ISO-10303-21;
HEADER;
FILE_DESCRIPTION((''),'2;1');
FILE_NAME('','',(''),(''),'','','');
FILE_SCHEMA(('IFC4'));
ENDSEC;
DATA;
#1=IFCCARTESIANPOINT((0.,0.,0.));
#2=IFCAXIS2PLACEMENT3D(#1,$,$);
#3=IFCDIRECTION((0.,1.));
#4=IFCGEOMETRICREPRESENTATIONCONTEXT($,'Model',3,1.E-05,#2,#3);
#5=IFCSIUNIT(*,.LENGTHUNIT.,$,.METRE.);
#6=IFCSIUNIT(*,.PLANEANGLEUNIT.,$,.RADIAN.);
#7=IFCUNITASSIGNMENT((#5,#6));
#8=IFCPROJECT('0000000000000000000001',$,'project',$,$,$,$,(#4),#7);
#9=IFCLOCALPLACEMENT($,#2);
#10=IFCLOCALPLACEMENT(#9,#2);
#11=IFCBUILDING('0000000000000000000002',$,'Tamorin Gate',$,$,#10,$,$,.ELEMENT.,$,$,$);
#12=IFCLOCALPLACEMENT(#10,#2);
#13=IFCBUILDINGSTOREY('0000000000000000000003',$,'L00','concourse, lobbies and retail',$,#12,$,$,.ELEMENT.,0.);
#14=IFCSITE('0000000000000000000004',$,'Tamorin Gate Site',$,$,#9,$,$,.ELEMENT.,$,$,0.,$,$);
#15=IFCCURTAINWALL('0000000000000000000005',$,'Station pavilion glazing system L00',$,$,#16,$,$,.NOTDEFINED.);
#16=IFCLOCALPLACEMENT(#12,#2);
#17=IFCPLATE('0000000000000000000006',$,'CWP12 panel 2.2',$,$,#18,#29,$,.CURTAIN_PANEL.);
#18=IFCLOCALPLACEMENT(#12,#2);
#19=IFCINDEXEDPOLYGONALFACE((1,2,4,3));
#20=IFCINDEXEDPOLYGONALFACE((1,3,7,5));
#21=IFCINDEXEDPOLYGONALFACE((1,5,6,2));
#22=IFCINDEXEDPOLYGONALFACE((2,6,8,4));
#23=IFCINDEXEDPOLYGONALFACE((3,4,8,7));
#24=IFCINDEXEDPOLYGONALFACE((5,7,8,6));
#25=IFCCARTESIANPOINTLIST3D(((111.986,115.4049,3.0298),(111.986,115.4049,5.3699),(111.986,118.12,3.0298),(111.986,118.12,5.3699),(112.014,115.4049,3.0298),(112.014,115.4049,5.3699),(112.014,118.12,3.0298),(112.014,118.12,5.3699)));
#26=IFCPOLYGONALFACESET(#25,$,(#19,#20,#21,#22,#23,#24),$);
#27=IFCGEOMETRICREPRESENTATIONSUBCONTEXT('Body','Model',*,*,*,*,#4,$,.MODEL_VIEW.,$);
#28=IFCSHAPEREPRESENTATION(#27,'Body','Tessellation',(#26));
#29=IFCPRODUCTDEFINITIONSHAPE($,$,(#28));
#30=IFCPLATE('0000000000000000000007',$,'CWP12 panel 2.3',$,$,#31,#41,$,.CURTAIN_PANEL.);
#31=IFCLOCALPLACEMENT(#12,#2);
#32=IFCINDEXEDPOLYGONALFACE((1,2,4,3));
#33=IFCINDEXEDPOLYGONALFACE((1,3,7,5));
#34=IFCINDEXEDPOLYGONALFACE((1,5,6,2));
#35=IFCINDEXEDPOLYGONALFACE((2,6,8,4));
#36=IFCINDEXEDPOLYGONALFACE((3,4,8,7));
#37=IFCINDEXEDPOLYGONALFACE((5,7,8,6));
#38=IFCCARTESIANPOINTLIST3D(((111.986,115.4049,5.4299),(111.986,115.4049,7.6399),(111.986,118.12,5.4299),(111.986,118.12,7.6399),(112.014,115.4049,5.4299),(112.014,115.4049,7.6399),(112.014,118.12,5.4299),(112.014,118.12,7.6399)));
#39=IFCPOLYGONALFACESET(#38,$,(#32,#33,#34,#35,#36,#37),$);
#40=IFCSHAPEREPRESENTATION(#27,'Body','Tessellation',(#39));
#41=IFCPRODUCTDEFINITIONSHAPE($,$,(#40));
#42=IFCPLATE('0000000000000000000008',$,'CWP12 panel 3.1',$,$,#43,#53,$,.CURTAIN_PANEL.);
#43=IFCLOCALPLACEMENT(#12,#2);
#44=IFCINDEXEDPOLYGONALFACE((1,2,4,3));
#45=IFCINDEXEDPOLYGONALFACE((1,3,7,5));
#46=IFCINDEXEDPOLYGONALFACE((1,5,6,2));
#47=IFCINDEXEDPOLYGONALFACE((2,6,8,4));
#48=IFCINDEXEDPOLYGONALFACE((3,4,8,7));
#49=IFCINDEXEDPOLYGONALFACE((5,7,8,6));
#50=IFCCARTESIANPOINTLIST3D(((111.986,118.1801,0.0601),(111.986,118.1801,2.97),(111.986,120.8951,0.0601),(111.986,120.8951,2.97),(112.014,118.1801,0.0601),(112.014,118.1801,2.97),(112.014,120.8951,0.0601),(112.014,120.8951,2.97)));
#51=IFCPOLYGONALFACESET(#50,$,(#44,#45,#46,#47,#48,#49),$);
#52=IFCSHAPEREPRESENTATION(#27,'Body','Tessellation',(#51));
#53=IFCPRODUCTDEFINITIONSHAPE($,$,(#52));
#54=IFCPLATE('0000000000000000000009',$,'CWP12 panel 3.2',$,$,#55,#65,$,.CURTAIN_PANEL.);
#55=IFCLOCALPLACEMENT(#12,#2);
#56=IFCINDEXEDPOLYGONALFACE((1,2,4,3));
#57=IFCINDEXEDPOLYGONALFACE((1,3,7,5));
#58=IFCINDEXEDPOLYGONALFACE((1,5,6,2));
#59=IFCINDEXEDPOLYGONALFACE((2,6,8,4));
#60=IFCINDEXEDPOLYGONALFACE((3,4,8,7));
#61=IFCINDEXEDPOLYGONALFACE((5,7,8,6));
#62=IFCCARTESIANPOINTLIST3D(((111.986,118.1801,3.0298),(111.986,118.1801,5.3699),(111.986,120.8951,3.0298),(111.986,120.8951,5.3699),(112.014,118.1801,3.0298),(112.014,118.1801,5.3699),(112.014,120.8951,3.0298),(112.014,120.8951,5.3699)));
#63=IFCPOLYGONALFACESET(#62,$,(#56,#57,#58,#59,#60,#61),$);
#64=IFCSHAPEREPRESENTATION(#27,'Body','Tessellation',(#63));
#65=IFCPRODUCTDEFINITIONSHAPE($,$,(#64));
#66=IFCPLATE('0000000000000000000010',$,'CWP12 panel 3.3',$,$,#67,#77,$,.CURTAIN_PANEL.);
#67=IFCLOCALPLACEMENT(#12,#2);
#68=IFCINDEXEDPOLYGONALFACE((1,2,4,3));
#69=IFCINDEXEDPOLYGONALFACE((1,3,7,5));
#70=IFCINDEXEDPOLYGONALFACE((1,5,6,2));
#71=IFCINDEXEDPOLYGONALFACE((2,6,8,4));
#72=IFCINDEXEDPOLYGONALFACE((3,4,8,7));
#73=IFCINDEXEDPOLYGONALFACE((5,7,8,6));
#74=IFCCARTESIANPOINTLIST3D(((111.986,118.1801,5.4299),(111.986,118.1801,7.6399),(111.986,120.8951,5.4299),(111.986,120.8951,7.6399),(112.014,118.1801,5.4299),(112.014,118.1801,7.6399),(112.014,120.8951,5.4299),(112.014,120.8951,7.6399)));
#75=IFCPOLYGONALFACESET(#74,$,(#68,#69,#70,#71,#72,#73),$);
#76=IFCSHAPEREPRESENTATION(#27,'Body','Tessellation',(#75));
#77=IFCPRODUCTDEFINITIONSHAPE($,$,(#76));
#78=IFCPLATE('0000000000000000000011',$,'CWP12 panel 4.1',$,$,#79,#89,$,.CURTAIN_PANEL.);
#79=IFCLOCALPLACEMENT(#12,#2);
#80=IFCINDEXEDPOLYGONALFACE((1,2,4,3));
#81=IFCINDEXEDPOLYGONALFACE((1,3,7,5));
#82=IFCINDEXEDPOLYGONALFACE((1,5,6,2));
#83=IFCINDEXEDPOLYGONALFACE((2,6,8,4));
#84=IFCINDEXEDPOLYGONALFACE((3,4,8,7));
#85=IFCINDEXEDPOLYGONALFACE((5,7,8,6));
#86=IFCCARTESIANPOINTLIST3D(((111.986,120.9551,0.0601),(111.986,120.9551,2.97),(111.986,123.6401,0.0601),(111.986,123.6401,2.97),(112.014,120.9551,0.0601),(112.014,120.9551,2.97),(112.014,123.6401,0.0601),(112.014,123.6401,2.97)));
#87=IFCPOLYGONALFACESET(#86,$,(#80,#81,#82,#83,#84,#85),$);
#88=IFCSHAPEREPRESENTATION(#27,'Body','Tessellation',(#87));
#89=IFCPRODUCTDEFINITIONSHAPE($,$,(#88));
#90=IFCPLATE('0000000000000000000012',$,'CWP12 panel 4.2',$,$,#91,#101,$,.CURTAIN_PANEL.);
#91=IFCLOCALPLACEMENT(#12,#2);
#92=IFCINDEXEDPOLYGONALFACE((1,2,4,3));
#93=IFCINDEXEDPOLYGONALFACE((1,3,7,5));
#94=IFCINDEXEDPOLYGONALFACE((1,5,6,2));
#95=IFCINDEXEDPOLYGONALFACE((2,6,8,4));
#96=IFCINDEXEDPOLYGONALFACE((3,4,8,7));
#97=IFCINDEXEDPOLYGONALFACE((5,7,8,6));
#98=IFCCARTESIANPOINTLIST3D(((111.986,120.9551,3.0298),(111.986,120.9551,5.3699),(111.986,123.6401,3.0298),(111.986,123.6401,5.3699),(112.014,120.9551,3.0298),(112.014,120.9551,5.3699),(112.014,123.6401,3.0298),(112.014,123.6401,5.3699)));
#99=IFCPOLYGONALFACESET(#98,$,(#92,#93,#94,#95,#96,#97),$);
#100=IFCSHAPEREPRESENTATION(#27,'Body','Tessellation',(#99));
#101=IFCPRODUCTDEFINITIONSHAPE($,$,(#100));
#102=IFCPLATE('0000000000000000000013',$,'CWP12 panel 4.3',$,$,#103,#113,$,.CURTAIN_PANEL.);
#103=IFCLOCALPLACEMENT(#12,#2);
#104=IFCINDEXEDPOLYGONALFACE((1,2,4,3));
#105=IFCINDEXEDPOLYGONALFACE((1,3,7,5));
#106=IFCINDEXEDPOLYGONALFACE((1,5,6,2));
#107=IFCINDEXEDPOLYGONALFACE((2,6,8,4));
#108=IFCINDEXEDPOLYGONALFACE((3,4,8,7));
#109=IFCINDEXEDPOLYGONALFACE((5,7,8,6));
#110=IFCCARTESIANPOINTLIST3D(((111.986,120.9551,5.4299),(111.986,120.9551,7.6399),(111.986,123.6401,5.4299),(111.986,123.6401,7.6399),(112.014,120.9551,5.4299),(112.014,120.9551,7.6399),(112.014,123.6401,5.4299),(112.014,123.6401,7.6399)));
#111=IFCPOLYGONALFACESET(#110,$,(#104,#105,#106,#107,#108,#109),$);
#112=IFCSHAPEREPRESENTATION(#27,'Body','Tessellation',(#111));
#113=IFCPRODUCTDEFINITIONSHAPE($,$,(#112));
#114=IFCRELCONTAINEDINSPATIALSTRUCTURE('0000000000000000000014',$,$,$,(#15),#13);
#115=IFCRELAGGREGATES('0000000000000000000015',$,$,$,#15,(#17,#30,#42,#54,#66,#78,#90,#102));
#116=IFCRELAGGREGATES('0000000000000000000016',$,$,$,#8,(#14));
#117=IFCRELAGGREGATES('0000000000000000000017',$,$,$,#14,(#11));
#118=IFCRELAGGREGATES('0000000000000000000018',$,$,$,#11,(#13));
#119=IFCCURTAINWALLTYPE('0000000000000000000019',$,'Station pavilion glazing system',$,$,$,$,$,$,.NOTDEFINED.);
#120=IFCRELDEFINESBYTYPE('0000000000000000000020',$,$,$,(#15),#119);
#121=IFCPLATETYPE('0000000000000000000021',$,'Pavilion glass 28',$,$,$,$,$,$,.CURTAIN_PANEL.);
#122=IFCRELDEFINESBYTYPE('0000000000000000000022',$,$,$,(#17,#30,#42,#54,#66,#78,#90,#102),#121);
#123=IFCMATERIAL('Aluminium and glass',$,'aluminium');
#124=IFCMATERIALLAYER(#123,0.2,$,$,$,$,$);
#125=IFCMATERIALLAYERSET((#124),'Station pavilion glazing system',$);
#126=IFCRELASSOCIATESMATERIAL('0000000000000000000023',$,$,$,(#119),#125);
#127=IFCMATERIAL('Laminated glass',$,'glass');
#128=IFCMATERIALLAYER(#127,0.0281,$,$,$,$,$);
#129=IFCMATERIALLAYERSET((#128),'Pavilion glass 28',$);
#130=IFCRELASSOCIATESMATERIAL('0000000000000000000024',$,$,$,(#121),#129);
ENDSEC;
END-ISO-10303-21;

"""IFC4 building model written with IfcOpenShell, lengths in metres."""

from ifc_helpers import new_model, si_unit, direction, frame, origin, origin_2d, place, context, subcontext, project, spatial, rectangle, extrude, material, layer, layer_set, type_object, element, aggregate, save


model = new_model("IFC4")

# Units and contexts
model_context = context("Model", 3, precision=1e-05, world=origin(), true_north=direction((0.0, 1.0)))
body_context = subcontext(model_context, "Body", "Model", "MODEL_VIEW")
ifc_project = project(units=[si_unit("LENGTHUNIT", "METRE"), si_unit("PLANEANGLEUNIT", "RADIAN")], contexts=[model_context])

# Site, building, storey
site_placement = place(None, origin())
site = spatial("IfcSite", under=ifc_project, at=site_placement, Name="Tamorin Gate Site", CompositionType="ELEMENT", RefElevation=0.0)
building_placement = place(site_placement, origin())
building = spatial("IfcBuilding", under=site, at=building_placement, Name="Tamorin Gate", CompositionType="ELEMENT")
storey_placement = place(building_placement, origin())
storey = spatial("IfcBuildingStorey", under=building, at=storey_placement, Name="L00", Description="concourse, lobbies and retail", CompositionType="ELEMENT", Elevation=0.0)

# Curtain wall, plates
ifc_material_1 = material(Name="Aluminium and glass", Category="aluminium")
ifc_layer_1 = layer(ifc_material_1, 0.2)
ifc_layer_set_1 = layer_set([ifc_layer_1], Name="Station pavilion glazing system")
curtain_wall_type = type_object("IfcCurtainWallType", Name="Station pavilion glazing system", PredefinedType="NOTDEFINED", material=ifc_layer_set_1)
curtain_wall_placement = place(storey_placement, origin())
curtain_wall = element("IfcCurtainWall", 1, at=curtain_wall_placement, inside=storey, type_object=curtain_wall_type, Name="Station pavilion glazing system L00", PredefinedType="NOTDEFINED")
ifc_material_2 = material(Name="Laminated glass", Category="glass")
ifc_layer_2 = layer(ifc_material_2, 0.0281)
ifc_layer_set_2 = layer_set([ifc_layer_2], Name="Pavilion glass 28")
plate_type = type_object("IfcPlateType", Name="Pavilion glass 28", PredefinedType="CURTAIN_PANEL", material=ifc_layer_set_2)
plate_1_placement = place(storey_placement, frame((112.0, 116.7625, 3.0298), z_axis=(0.0, 0.0, 1.0), x_axis=(0.0, 1.0, 0.0)))
plate_1 = element("IfcPlate", 2, at=plate_1_placement, type_object=plate_type, Name="CWP12 panel 2.2", PredefinedType="CURTAIN_PANEL", context=body_context, shape_type="SweptSolid", body=[
    extrude(rectangle(XDim=2.7151, YDim=0.0281, at=origin_2d()), origin(), (0.0, 0.0, 1.0), 2.3401),
])
plate_2_placement = place(storey_placement, frame((112.0, 116.7625, 5.4299), z_axis=(0.0, 0.0, 1.0), x_axis=(0.0, 1.0, 0.0)))
plate_2 = element("IfcPlate", 3, at=plate_2_placement, type_object=plate_type, Name="CWP12 panel 2.3", PredefinedType="CURTAIN_PANEL", context=body_context, shape_type="SweptSolid", body=[
    extrude(rectangle(XDim=2.7151, YDim=0.0281, at=origin_2d()), origin(), (0.0, 0.0, 1.0), 2.21),
])
plate_3_placement = place(storey_placement, frame((112.0, 119.5376, 0.0601), z_axis=(0.0, 0.0, 1.0), x_axis=(0.0, 1.0, 0.0)))
plate_3 = element("IfcPlate", 4, at=plate_3_placement, type_object=plate_type, Name="CWP12 panel 3.1", PredefinedType="CURTAIN_PANEL", context=body_context, shape_type="SweptSolid", body=[
    extrude(rectangle(XDim=2.7151, YDim=0.0281, at=origin_2d()), origin(), (0.0, 0.0, 1.0), 2.9099),
])
plate_4_placement = place(storey_placement, frame((112.0, 119.5376, 3.0298), z_axis=(0.0, 0.0, 1.0), x_axis=(0.0, 1.0, 0.0)))
plate_4 = element("IfcPlate", 5, at=plate_4_placement, type_object=plate_type, Name="CWP12 panel 3.2", PredefinedType="CURTAIN_PANEL", context=body_context, shape_type="SweptSolid", body=[
    extrude(rectangle(XDim=2.7151, YDim=0.0281, at=origin_2d()), origin(), (0.0, 0.0, 1.0), 2.3401),
])
plate_5_placement = place(storey_placement, frame((112.0, 119.5376, 5.4299), z_axis=(0.0, 0.0, 1.0), x_axis=(0.0, 1.0, 0.0)))
plate_5 = element("IfcPlate", 6, at=plate_5_placement, type_object=plate_type, Name="CWP12 panel 3.3", PredefinedType="CURTAIN_PANEL", context=body_context, shape_type="SweptSolid", body=[
    extrude(rectangle(XDim=2.7151, YDim=0.0281, at=origin_2d()), origin(), (0.0, 0.0, 1.0), 2.21),
])
plate_6_placement = place(storey_placement, frame((112.0, 122.2976, 0.0601), z_axis=(0.0, 0.0, 1.0), x_axis=(0.0, 1.0, 0.0)))
plate_6 = element("IfcPlate", 7, at=plate_6_placement, type_object=plate_type, Name="CWP12 panel 4.1", PredefinedType="CURTAIN_PANEL", context=body_context, shape_type="SweptSolid", body=[
    extrude(rectangle(XDim=2.6851, YDim=0.0281, at=origin_2d()), origin(), (0.0, 0.0, 1.0), 2.9099),
])
plate_7_placement = place(storey_placement, frame((112.0, 122.2976, 3.0298), z_axis=(0.0, 0.0, 1.0), x_axis=(0.0, 1.0, 0.0)))
plate_7 = element("IfcPlate", 8, at=plate_7_placement, type_object=plate_type, Name="CWP12 panel 4.2", PredefinedType="CURTAIN_PANEL", context=body_context, shape_type="SweptSolid", body=[
    extrude(rectangle(XDim=2.6851, YDim=0.0281, at=origin_2d()), origin(), (0.0, 0.0, 1.0), 2.3401),
])
plate_8_placement = place(storey_placement, frame((112.0, 122.2976, 5.4299), z_axis=(0.0, 0.0, 1.0), x_axis=(0.0, 1.0, 0.0)))
plate_8 = element("IfcPlate", 9, at=plate_8_placement, type_object=plate_type, Name="CWP12 panel 4.3", PredefinedType="CURTAIN_PANEL", context=body_context, shape_type="SweptSolid", body=[
    extrude(rectangle(XDim=2.6851, YDim=0.0281, at=origin_2d()), origin(), (0.0, 0.0, 1.0), 2.21),
])
aggregate(curtain_wall, [plate_1, plate_2, plate_3, plate_4, plate_5, plate_6, plate_7, plate_8])

save(model, "model.ifc")
